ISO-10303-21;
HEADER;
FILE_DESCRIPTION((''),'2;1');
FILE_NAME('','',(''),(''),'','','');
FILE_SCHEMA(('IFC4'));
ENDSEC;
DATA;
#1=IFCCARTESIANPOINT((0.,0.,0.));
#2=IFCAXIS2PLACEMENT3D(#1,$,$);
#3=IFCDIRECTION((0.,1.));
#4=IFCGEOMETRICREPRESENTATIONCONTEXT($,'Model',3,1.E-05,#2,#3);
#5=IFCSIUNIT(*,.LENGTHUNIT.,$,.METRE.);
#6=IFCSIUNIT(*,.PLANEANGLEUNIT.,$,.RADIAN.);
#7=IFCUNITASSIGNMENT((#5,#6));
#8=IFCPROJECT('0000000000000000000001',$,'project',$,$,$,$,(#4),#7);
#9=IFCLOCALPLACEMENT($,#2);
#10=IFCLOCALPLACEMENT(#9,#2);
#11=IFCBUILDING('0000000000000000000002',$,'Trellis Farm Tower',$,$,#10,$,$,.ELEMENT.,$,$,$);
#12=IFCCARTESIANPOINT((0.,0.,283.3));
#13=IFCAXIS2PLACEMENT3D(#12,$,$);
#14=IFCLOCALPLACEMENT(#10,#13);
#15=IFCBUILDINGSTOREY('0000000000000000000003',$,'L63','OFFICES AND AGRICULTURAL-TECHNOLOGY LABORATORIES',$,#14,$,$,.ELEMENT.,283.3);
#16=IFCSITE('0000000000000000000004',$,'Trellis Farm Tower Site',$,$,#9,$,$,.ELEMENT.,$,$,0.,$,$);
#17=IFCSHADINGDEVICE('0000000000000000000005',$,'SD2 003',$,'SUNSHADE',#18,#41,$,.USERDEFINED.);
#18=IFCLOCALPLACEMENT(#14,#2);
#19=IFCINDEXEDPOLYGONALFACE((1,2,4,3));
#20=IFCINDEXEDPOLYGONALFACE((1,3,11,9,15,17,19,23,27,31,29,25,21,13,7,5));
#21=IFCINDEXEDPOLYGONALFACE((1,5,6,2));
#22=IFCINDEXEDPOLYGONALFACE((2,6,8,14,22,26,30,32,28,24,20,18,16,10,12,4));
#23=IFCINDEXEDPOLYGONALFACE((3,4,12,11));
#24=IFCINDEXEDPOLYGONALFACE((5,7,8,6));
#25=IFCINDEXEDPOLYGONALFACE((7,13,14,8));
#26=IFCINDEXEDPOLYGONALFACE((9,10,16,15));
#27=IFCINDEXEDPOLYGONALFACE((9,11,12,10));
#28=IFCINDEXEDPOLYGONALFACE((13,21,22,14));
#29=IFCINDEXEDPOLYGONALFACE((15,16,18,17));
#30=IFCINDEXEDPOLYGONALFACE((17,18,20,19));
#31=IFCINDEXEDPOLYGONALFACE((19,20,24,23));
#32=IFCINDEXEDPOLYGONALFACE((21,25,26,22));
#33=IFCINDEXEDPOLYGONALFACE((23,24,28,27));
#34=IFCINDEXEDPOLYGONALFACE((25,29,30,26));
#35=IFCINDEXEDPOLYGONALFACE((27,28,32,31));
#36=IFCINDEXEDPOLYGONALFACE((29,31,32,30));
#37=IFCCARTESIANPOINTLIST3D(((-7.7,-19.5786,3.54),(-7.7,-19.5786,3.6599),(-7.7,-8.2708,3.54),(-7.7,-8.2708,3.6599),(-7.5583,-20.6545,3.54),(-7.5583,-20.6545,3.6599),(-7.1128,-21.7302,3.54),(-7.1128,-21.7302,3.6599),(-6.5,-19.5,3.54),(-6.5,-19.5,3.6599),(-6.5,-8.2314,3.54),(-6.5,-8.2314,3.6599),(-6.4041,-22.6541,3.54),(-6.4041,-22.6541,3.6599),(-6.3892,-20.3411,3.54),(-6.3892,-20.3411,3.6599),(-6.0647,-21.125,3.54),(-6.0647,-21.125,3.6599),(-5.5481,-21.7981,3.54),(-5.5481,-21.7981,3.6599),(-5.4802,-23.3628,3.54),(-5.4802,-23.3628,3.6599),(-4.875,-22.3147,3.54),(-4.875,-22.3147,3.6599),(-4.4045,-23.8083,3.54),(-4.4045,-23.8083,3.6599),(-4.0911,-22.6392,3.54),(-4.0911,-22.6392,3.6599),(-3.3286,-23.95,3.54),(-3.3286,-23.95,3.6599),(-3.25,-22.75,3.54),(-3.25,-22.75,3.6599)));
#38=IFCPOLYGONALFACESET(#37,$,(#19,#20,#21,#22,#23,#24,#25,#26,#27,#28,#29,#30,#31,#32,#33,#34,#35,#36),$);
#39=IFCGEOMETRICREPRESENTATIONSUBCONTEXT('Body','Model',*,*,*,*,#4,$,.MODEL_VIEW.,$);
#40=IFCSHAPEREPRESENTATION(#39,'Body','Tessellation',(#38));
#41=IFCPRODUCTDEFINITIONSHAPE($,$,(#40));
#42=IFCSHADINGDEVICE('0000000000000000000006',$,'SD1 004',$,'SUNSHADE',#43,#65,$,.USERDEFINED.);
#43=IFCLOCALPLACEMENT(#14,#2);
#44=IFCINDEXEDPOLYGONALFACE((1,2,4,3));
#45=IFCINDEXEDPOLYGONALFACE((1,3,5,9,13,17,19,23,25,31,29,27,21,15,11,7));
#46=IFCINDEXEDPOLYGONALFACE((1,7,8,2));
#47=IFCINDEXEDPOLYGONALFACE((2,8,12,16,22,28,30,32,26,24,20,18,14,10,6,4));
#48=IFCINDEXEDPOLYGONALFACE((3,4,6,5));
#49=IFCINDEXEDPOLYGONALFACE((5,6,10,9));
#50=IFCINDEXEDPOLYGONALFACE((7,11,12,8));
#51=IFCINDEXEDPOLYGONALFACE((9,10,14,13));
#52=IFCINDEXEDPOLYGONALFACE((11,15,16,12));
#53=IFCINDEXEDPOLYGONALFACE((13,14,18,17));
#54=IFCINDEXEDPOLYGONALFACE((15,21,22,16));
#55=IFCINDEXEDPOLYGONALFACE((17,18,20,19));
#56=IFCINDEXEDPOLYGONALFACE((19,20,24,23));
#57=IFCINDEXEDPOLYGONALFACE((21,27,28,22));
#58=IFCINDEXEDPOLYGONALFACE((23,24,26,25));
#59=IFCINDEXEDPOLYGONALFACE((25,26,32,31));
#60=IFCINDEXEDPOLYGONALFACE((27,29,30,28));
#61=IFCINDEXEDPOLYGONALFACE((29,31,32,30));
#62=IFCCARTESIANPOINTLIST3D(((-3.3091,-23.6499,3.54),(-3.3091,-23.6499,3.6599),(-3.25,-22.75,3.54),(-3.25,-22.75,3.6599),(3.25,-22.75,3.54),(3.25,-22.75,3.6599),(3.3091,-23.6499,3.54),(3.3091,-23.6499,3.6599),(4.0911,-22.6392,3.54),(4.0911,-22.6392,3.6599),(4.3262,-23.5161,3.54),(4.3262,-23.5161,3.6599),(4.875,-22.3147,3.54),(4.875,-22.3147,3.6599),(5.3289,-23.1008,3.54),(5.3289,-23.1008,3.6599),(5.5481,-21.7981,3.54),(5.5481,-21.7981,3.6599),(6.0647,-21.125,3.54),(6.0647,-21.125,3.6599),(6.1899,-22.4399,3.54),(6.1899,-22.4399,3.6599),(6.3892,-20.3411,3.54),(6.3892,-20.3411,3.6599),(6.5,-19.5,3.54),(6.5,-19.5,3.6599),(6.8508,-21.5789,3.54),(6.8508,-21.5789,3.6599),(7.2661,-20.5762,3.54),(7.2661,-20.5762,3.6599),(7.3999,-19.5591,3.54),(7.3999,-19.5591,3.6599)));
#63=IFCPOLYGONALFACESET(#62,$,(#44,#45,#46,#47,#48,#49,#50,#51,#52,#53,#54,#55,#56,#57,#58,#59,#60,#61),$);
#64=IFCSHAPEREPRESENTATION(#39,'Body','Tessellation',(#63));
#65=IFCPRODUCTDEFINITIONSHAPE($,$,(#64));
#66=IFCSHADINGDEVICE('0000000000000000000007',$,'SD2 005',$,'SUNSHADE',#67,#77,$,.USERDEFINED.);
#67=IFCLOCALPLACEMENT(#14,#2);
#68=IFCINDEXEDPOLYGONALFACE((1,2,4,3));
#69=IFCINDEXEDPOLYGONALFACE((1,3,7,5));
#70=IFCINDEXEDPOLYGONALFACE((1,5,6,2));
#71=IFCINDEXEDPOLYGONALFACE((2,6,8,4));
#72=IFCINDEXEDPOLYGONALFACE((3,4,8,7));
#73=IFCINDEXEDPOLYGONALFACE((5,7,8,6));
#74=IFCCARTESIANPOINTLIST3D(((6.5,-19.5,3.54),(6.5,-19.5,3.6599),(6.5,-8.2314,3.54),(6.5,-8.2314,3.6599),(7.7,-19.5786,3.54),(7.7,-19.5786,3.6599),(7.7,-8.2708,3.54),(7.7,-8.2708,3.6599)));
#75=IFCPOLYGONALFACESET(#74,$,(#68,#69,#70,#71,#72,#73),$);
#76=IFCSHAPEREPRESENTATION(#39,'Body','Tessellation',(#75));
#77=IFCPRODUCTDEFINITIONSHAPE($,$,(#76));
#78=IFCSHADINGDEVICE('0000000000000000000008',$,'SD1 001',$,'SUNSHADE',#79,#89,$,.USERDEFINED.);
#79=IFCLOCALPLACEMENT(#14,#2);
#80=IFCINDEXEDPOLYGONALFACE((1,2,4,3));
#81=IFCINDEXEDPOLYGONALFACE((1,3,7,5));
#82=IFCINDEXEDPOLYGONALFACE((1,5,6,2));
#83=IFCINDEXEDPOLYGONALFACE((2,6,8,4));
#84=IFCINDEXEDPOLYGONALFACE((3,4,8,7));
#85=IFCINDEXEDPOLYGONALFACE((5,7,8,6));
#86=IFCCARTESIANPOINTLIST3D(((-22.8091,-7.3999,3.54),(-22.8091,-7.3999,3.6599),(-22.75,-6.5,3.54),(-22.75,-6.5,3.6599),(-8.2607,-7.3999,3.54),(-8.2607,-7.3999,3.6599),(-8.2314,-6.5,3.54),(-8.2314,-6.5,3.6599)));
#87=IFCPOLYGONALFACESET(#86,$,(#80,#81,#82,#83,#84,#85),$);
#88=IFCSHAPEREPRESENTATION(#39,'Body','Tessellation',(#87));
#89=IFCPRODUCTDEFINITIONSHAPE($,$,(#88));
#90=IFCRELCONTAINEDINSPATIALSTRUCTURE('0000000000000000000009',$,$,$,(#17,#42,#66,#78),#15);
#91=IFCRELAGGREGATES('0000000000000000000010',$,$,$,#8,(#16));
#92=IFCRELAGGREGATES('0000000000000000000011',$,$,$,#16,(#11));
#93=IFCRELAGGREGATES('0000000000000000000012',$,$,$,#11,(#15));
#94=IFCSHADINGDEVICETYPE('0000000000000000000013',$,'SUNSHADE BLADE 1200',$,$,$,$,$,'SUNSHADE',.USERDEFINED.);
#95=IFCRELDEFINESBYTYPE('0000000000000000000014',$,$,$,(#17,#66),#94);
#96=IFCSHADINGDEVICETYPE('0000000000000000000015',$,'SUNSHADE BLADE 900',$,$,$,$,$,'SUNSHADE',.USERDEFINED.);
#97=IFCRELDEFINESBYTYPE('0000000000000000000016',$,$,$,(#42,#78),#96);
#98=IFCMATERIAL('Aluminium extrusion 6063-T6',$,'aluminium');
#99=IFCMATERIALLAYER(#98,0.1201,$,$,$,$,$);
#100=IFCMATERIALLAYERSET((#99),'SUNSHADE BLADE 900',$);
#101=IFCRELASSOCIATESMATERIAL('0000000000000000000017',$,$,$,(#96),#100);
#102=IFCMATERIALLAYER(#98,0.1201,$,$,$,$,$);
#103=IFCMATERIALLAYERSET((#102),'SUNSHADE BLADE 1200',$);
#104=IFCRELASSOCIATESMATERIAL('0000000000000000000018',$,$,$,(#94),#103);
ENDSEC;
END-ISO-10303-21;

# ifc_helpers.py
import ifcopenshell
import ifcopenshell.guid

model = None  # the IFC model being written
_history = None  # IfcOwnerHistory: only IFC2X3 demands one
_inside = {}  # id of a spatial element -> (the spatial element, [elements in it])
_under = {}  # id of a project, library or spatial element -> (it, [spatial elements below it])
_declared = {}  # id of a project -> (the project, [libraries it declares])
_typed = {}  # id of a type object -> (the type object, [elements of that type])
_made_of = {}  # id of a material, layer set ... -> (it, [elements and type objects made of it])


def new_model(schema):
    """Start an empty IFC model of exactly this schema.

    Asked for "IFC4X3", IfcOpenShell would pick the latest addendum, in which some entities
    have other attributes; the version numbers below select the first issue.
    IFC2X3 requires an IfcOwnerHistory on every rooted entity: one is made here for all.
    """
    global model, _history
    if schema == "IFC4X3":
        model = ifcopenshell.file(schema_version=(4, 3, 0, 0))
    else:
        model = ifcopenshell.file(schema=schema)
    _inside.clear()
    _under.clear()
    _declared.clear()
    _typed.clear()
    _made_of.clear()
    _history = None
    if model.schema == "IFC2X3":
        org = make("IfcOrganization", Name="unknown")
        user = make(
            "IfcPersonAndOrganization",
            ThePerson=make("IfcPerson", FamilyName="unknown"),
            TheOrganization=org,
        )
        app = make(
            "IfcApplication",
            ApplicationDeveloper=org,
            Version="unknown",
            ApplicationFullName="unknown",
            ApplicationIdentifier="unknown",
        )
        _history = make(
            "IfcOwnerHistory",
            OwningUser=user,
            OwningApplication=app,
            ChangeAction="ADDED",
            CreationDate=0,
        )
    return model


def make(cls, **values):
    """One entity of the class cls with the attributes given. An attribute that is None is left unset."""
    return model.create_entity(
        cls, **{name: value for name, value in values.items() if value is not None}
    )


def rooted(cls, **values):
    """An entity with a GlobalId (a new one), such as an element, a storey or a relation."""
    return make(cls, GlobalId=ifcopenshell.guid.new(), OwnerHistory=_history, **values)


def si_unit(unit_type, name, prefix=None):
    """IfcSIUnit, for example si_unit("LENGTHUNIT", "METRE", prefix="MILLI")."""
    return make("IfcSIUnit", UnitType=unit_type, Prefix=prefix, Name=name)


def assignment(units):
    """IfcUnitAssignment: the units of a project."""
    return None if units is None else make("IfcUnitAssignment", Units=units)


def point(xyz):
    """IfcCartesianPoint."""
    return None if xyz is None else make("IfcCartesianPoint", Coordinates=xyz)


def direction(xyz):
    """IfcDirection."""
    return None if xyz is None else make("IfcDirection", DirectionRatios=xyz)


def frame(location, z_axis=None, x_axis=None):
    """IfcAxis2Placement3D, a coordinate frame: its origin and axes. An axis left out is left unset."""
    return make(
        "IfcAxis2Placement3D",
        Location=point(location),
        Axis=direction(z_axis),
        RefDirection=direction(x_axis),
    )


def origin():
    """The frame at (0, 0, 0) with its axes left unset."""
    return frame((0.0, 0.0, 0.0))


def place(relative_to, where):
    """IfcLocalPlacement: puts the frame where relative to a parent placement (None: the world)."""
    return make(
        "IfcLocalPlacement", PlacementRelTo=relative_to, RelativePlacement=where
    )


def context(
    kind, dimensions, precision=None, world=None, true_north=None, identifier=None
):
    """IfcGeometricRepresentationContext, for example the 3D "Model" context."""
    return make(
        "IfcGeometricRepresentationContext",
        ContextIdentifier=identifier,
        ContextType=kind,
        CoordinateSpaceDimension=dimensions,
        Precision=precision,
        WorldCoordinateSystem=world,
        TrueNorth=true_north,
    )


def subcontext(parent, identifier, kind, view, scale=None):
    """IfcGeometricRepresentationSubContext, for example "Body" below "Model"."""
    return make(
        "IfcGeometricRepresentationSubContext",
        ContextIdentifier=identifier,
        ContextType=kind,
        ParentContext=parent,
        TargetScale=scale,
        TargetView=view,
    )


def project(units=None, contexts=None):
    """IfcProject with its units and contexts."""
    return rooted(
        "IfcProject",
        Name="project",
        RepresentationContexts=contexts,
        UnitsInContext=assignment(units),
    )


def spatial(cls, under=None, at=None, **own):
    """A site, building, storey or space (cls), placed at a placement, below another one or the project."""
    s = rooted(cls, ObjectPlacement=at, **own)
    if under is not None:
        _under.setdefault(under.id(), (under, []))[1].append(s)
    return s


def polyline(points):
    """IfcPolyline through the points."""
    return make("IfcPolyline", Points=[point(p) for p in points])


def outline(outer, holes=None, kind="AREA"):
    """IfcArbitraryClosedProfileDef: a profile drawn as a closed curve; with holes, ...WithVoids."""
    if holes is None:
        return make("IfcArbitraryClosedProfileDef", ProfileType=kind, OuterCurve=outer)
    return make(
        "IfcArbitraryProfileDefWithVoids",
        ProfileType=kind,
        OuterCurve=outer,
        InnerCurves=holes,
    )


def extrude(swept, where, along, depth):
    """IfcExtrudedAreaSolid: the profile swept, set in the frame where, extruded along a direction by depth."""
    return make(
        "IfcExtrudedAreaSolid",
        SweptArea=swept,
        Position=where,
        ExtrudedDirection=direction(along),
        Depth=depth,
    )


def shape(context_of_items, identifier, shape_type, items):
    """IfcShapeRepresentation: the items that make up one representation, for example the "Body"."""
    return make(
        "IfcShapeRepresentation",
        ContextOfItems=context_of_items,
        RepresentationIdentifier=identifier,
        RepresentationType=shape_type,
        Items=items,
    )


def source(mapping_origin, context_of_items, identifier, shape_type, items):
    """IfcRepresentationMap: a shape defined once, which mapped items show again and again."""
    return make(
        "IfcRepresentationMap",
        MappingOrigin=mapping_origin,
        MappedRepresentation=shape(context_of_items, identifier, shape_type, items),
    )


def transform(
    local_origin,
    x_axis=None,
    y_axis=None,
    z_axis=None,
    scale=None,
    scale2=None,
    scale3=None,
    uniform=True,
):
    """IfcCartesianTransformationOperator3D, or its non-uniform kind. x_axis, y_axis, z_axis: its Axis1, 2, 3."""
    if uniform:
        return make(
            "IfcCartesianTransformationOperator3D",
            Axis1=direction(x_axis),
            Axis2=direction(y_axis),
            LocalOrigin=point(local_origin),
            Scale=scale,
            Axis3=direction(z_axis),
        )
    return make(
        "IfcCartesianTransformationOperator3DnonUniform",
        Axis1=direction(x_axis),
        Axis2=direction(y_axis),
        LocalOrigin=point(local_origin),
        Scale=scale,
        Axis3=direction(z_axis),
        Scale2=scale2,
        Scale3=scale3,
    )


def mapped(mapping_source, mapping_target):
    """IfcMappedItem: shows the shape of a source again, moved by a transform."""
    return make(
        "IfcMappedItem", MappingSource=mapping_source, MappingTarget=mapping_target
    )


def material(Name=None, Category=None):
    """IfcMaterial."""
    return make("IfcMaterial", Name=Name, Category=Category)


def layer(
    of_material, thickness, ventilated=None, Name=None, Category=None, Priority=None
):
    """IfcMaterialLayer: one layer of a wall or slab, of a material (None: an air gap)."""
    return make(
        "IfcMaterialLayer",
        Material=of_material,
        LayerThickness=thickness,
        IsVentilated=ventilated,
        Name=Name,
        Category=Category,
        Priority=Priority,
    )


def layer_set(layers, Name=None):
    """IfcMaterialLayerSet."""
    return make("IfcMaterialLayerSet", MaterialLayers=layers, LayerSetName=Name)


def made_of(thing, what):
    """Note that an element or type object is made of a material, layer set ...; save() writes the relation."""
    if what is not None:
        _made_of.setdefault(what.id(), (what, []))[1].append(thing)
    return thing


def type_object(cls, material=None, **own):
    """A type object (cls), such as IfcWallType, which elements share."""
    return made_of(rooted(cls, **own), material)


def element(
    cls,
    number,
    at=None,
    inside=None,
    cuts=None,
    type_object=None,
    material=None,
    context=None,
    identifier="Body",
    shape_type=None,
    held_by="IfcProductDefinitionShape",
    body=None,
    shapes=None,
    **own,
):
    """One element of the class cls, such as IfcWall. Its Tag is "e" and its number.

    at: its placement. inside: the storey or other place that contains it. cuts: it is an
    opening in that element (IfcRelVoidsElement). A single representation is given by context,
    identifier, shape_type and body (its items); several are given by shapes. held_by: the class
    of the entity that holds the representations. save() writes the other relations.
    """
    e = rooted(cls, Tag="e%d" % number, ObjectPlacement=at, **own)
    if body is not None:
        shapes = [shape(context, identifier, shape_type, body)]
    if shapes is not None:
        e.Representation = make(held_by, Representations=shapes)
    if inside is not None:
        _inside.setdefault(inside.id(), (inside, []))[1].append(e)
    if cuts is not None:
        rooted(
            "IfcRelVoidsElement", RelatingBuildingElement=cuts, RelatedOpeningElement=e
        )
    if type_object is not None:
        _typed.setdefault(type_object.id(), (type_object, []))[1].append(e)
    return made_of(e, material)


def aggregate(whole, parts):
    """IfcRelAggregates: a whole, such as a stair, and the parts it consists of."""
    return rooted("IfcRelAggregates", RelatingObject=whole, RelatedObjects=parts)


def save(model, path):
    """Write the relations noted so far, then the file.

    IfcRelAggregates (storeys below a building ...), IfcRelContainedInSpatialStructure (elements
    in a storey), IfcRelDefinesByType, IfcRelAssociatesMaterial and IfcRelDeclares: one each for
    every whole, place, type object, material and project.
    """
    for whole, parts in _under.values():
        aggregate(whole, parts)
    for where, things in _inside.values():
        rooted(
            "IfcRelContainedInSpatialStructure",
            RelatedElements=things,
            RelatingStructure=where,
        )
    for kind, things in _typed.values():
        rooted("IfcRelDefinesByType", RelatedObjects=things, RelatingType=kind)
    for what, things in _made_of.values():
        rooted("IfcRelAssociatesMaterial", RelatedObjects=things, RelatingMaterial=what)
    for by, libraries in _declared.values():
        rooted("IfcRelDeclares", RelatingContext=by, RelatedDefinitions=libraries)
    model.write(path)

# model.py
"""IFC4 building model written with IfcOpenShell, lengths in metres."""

from ifc_helpers import new_model, si_unit, direction, frame, origin, place, context, subcontext, project, spatial, polyline, outline, extrude, source, transform, mapped, material, layer, layer_set, type_object, element, save


model = new_model("IFC4")

# Units and contexts
model_context = context("Model", 3, precision=1e-05, world=origin(), true_north=direction((0.0, 1.0)))
body_context = subcontext(model_context, "Body", "Model", "MODEL_VIEW")
ifc_project = project(units=[si_unit("LENGTHUNIT", "METRE"), si_unit("PLANEANGLEUNIT", "RADIAN")], contexts=[model_context])

# Site, building, storey
site_placement = place(None, origin())
site = spatial("IfcSite", under=ifc_project, at=site_placement, Name="Trellis Farm Tower Site", CompositionType="ELEMENT", RefElevation=0.0)
building_placement = place(site_placement, origin())
building = spatial("IfcBuilding", under=site, at=building_placement, Name="Trellis Farm Tower", CompositionType="ELEMENT")
storey_placement = place(building_placement, frame((0.0, 0.0, 283.3)))
storey = spatial("IfcBuildingStorey", under=building, at=storey_placement, Name="L63", Description="OFFICES AND AGRICULTURAL-TECHNOLOGY LABORATORIES", CompositionType="ELEMENT", Elevation=283.3)

# Shared definitions
ifc_material_1 = material(Name="Aluminium extrusion 6063-T6", Category="aluminium")

# Shading devices
ifc_layer_1 = layer(ifc_material_1, 0.1201)
ifc_layer_set_1 = layer_set([ifc_layer_1], Name="SUNSHADE BLADE 900")
shading_device_type_1 = type_object("IfcShadingDeviceType", Name="SUNSHADE BLADE 900", ElementType="SUNSHADE", PredefinedType="USERDEFINED", material=ifc_layer_set_1)
placement_1 = place(storey_placement, frame((0.0, 0.0, 3.54)))
ifc_layer_2 = layer(ifc_material_1, 0.1201)
ifc_layer_set_2 = layer_set([ifc_layer_2], Name="SUNSHADE BLADE 1200")
shading_device_type_2 = type_object("IfcShadingDeviceType", Name="SUNSHADE BLADE 1200", ElementType="SUNSHADE", PredefinedType="USERDEFINED", material=ifc_layer_set_2)
shared_shape_1 = source(origin(), body_context, "Body", "SweptSolid", [
    extrude(outline(polyline([(-7.7, -8.2708), (-7.7, -19.5786), (-7.5583, -20.6545), (-7.1128, -21.7302), (-6.4041, -22.6541), (-5.4802, -23.3628), (-4.4045, -23.8083), (-3.3286, -23.95), (-3.25, -22.75), (-4.0911, -22.6392), (-4.875, -22.3147), (-5.5481, -21.7981), (-6.0647, -21.125), (-6.3892, -20.3411), (-6.5, -19.5), (-6.5, -8.2314), (-7.7, -8.2708)])), origin(), (0.0, 0.0, 1.0), 0.1199),
])
element("IfcShadingDevice", 1, at=placement_1, inside=storey, type_object=shading_device_type_2, Name="SD2 003", ObjectType="SUNSHADE", PredefinedType="USERDEFINED", context=body_context, shape_type="MappedRepresentation", body=[
    mapped(shared_shape_1, transform((0.0, 0.0, 0.0))),
])
shared_shape_2 = source(origin(), body_context, "Body", "SweptSolid", [
    extrude(outline(polyline([(-3.3091, -23.6499), (3.3091, -23.6499), (4.3262, -23.5161), (5.3289, -23.1008), (6.1899, -22.4399), (6.8508, -21.5789), (7.2661, -20.5762), (7.3999, -19.5591), (6.5, -19.5), (6.3892, -20.3411), (6.0647, -21.125), (5.5481, -21.7981), (4.875, -22.3147), (4.0911, -22.6392), (3.25, -22.75), (-3.25, -22.75), (-3.3091, -23.6499)])), origin(), (0.0, 0.0, 1.0), 0.1199),
])
element("IfcShadingDevice", 2, at=placement_1, inside=storey, type_object=shading_device_type_1, Name="SD1 004", ObjectType="SUNSHADE", PredefinedType="USERDEFINED", context=body_context, shape_type="MappedRepresentation", body=[
    mapped(shared_shape_2, transform((0.0, 0.0, 0.0))),
])
shared_shape_3 = source(origin(), body_context, "Body", "SweptSolid", [
    extrude(outline(polyline([(7.7, -19.5786), (7.7, -8.2708), (6.5, -8.2314), (6.5, -19.5), (7.7, -19.5786)])), origin(), (0.0, 0.0, 1.0), 0.1199),
])
element("IfcShadingDevice", 3, at=placement_1, inside=storey, type_object=shading_device_type_2, Name="SD2 005", ObjectType="SUNSHADE", PredefinedType="USERDEFINED", context=body_context, shape_type="MappedRepresentation", body=[
    mapped(shared_shape_3, transform((0.0, 0.0, 0.0))),
])
shared_shape_4 = source(origin(), body_context, "Body", "SweptSolid", [
    extrude(outline(polyline([(-22.8091, -7.3999), (-8.2607, -7.3999), (-8.2314, -6.5), (-22.75, -6.5), (-22.8091, -7.3999)])), origin(), (0.0, 0.0, 1.0), 0.1199),
])
element("IfcShadingDevice", 4, at=placement_1, inside=storey, type_object=shading_device_type_1, Name="SD1 001", ObjectType="SUNSHADE", PredefinedType="USERDEFINED", context=body_context, shape_type="MappedRepresentation", body=[
    mapped(shared_shape_4, transform((0.0, 0.0, 0.0))),
])

save(model, "model.ifc")
